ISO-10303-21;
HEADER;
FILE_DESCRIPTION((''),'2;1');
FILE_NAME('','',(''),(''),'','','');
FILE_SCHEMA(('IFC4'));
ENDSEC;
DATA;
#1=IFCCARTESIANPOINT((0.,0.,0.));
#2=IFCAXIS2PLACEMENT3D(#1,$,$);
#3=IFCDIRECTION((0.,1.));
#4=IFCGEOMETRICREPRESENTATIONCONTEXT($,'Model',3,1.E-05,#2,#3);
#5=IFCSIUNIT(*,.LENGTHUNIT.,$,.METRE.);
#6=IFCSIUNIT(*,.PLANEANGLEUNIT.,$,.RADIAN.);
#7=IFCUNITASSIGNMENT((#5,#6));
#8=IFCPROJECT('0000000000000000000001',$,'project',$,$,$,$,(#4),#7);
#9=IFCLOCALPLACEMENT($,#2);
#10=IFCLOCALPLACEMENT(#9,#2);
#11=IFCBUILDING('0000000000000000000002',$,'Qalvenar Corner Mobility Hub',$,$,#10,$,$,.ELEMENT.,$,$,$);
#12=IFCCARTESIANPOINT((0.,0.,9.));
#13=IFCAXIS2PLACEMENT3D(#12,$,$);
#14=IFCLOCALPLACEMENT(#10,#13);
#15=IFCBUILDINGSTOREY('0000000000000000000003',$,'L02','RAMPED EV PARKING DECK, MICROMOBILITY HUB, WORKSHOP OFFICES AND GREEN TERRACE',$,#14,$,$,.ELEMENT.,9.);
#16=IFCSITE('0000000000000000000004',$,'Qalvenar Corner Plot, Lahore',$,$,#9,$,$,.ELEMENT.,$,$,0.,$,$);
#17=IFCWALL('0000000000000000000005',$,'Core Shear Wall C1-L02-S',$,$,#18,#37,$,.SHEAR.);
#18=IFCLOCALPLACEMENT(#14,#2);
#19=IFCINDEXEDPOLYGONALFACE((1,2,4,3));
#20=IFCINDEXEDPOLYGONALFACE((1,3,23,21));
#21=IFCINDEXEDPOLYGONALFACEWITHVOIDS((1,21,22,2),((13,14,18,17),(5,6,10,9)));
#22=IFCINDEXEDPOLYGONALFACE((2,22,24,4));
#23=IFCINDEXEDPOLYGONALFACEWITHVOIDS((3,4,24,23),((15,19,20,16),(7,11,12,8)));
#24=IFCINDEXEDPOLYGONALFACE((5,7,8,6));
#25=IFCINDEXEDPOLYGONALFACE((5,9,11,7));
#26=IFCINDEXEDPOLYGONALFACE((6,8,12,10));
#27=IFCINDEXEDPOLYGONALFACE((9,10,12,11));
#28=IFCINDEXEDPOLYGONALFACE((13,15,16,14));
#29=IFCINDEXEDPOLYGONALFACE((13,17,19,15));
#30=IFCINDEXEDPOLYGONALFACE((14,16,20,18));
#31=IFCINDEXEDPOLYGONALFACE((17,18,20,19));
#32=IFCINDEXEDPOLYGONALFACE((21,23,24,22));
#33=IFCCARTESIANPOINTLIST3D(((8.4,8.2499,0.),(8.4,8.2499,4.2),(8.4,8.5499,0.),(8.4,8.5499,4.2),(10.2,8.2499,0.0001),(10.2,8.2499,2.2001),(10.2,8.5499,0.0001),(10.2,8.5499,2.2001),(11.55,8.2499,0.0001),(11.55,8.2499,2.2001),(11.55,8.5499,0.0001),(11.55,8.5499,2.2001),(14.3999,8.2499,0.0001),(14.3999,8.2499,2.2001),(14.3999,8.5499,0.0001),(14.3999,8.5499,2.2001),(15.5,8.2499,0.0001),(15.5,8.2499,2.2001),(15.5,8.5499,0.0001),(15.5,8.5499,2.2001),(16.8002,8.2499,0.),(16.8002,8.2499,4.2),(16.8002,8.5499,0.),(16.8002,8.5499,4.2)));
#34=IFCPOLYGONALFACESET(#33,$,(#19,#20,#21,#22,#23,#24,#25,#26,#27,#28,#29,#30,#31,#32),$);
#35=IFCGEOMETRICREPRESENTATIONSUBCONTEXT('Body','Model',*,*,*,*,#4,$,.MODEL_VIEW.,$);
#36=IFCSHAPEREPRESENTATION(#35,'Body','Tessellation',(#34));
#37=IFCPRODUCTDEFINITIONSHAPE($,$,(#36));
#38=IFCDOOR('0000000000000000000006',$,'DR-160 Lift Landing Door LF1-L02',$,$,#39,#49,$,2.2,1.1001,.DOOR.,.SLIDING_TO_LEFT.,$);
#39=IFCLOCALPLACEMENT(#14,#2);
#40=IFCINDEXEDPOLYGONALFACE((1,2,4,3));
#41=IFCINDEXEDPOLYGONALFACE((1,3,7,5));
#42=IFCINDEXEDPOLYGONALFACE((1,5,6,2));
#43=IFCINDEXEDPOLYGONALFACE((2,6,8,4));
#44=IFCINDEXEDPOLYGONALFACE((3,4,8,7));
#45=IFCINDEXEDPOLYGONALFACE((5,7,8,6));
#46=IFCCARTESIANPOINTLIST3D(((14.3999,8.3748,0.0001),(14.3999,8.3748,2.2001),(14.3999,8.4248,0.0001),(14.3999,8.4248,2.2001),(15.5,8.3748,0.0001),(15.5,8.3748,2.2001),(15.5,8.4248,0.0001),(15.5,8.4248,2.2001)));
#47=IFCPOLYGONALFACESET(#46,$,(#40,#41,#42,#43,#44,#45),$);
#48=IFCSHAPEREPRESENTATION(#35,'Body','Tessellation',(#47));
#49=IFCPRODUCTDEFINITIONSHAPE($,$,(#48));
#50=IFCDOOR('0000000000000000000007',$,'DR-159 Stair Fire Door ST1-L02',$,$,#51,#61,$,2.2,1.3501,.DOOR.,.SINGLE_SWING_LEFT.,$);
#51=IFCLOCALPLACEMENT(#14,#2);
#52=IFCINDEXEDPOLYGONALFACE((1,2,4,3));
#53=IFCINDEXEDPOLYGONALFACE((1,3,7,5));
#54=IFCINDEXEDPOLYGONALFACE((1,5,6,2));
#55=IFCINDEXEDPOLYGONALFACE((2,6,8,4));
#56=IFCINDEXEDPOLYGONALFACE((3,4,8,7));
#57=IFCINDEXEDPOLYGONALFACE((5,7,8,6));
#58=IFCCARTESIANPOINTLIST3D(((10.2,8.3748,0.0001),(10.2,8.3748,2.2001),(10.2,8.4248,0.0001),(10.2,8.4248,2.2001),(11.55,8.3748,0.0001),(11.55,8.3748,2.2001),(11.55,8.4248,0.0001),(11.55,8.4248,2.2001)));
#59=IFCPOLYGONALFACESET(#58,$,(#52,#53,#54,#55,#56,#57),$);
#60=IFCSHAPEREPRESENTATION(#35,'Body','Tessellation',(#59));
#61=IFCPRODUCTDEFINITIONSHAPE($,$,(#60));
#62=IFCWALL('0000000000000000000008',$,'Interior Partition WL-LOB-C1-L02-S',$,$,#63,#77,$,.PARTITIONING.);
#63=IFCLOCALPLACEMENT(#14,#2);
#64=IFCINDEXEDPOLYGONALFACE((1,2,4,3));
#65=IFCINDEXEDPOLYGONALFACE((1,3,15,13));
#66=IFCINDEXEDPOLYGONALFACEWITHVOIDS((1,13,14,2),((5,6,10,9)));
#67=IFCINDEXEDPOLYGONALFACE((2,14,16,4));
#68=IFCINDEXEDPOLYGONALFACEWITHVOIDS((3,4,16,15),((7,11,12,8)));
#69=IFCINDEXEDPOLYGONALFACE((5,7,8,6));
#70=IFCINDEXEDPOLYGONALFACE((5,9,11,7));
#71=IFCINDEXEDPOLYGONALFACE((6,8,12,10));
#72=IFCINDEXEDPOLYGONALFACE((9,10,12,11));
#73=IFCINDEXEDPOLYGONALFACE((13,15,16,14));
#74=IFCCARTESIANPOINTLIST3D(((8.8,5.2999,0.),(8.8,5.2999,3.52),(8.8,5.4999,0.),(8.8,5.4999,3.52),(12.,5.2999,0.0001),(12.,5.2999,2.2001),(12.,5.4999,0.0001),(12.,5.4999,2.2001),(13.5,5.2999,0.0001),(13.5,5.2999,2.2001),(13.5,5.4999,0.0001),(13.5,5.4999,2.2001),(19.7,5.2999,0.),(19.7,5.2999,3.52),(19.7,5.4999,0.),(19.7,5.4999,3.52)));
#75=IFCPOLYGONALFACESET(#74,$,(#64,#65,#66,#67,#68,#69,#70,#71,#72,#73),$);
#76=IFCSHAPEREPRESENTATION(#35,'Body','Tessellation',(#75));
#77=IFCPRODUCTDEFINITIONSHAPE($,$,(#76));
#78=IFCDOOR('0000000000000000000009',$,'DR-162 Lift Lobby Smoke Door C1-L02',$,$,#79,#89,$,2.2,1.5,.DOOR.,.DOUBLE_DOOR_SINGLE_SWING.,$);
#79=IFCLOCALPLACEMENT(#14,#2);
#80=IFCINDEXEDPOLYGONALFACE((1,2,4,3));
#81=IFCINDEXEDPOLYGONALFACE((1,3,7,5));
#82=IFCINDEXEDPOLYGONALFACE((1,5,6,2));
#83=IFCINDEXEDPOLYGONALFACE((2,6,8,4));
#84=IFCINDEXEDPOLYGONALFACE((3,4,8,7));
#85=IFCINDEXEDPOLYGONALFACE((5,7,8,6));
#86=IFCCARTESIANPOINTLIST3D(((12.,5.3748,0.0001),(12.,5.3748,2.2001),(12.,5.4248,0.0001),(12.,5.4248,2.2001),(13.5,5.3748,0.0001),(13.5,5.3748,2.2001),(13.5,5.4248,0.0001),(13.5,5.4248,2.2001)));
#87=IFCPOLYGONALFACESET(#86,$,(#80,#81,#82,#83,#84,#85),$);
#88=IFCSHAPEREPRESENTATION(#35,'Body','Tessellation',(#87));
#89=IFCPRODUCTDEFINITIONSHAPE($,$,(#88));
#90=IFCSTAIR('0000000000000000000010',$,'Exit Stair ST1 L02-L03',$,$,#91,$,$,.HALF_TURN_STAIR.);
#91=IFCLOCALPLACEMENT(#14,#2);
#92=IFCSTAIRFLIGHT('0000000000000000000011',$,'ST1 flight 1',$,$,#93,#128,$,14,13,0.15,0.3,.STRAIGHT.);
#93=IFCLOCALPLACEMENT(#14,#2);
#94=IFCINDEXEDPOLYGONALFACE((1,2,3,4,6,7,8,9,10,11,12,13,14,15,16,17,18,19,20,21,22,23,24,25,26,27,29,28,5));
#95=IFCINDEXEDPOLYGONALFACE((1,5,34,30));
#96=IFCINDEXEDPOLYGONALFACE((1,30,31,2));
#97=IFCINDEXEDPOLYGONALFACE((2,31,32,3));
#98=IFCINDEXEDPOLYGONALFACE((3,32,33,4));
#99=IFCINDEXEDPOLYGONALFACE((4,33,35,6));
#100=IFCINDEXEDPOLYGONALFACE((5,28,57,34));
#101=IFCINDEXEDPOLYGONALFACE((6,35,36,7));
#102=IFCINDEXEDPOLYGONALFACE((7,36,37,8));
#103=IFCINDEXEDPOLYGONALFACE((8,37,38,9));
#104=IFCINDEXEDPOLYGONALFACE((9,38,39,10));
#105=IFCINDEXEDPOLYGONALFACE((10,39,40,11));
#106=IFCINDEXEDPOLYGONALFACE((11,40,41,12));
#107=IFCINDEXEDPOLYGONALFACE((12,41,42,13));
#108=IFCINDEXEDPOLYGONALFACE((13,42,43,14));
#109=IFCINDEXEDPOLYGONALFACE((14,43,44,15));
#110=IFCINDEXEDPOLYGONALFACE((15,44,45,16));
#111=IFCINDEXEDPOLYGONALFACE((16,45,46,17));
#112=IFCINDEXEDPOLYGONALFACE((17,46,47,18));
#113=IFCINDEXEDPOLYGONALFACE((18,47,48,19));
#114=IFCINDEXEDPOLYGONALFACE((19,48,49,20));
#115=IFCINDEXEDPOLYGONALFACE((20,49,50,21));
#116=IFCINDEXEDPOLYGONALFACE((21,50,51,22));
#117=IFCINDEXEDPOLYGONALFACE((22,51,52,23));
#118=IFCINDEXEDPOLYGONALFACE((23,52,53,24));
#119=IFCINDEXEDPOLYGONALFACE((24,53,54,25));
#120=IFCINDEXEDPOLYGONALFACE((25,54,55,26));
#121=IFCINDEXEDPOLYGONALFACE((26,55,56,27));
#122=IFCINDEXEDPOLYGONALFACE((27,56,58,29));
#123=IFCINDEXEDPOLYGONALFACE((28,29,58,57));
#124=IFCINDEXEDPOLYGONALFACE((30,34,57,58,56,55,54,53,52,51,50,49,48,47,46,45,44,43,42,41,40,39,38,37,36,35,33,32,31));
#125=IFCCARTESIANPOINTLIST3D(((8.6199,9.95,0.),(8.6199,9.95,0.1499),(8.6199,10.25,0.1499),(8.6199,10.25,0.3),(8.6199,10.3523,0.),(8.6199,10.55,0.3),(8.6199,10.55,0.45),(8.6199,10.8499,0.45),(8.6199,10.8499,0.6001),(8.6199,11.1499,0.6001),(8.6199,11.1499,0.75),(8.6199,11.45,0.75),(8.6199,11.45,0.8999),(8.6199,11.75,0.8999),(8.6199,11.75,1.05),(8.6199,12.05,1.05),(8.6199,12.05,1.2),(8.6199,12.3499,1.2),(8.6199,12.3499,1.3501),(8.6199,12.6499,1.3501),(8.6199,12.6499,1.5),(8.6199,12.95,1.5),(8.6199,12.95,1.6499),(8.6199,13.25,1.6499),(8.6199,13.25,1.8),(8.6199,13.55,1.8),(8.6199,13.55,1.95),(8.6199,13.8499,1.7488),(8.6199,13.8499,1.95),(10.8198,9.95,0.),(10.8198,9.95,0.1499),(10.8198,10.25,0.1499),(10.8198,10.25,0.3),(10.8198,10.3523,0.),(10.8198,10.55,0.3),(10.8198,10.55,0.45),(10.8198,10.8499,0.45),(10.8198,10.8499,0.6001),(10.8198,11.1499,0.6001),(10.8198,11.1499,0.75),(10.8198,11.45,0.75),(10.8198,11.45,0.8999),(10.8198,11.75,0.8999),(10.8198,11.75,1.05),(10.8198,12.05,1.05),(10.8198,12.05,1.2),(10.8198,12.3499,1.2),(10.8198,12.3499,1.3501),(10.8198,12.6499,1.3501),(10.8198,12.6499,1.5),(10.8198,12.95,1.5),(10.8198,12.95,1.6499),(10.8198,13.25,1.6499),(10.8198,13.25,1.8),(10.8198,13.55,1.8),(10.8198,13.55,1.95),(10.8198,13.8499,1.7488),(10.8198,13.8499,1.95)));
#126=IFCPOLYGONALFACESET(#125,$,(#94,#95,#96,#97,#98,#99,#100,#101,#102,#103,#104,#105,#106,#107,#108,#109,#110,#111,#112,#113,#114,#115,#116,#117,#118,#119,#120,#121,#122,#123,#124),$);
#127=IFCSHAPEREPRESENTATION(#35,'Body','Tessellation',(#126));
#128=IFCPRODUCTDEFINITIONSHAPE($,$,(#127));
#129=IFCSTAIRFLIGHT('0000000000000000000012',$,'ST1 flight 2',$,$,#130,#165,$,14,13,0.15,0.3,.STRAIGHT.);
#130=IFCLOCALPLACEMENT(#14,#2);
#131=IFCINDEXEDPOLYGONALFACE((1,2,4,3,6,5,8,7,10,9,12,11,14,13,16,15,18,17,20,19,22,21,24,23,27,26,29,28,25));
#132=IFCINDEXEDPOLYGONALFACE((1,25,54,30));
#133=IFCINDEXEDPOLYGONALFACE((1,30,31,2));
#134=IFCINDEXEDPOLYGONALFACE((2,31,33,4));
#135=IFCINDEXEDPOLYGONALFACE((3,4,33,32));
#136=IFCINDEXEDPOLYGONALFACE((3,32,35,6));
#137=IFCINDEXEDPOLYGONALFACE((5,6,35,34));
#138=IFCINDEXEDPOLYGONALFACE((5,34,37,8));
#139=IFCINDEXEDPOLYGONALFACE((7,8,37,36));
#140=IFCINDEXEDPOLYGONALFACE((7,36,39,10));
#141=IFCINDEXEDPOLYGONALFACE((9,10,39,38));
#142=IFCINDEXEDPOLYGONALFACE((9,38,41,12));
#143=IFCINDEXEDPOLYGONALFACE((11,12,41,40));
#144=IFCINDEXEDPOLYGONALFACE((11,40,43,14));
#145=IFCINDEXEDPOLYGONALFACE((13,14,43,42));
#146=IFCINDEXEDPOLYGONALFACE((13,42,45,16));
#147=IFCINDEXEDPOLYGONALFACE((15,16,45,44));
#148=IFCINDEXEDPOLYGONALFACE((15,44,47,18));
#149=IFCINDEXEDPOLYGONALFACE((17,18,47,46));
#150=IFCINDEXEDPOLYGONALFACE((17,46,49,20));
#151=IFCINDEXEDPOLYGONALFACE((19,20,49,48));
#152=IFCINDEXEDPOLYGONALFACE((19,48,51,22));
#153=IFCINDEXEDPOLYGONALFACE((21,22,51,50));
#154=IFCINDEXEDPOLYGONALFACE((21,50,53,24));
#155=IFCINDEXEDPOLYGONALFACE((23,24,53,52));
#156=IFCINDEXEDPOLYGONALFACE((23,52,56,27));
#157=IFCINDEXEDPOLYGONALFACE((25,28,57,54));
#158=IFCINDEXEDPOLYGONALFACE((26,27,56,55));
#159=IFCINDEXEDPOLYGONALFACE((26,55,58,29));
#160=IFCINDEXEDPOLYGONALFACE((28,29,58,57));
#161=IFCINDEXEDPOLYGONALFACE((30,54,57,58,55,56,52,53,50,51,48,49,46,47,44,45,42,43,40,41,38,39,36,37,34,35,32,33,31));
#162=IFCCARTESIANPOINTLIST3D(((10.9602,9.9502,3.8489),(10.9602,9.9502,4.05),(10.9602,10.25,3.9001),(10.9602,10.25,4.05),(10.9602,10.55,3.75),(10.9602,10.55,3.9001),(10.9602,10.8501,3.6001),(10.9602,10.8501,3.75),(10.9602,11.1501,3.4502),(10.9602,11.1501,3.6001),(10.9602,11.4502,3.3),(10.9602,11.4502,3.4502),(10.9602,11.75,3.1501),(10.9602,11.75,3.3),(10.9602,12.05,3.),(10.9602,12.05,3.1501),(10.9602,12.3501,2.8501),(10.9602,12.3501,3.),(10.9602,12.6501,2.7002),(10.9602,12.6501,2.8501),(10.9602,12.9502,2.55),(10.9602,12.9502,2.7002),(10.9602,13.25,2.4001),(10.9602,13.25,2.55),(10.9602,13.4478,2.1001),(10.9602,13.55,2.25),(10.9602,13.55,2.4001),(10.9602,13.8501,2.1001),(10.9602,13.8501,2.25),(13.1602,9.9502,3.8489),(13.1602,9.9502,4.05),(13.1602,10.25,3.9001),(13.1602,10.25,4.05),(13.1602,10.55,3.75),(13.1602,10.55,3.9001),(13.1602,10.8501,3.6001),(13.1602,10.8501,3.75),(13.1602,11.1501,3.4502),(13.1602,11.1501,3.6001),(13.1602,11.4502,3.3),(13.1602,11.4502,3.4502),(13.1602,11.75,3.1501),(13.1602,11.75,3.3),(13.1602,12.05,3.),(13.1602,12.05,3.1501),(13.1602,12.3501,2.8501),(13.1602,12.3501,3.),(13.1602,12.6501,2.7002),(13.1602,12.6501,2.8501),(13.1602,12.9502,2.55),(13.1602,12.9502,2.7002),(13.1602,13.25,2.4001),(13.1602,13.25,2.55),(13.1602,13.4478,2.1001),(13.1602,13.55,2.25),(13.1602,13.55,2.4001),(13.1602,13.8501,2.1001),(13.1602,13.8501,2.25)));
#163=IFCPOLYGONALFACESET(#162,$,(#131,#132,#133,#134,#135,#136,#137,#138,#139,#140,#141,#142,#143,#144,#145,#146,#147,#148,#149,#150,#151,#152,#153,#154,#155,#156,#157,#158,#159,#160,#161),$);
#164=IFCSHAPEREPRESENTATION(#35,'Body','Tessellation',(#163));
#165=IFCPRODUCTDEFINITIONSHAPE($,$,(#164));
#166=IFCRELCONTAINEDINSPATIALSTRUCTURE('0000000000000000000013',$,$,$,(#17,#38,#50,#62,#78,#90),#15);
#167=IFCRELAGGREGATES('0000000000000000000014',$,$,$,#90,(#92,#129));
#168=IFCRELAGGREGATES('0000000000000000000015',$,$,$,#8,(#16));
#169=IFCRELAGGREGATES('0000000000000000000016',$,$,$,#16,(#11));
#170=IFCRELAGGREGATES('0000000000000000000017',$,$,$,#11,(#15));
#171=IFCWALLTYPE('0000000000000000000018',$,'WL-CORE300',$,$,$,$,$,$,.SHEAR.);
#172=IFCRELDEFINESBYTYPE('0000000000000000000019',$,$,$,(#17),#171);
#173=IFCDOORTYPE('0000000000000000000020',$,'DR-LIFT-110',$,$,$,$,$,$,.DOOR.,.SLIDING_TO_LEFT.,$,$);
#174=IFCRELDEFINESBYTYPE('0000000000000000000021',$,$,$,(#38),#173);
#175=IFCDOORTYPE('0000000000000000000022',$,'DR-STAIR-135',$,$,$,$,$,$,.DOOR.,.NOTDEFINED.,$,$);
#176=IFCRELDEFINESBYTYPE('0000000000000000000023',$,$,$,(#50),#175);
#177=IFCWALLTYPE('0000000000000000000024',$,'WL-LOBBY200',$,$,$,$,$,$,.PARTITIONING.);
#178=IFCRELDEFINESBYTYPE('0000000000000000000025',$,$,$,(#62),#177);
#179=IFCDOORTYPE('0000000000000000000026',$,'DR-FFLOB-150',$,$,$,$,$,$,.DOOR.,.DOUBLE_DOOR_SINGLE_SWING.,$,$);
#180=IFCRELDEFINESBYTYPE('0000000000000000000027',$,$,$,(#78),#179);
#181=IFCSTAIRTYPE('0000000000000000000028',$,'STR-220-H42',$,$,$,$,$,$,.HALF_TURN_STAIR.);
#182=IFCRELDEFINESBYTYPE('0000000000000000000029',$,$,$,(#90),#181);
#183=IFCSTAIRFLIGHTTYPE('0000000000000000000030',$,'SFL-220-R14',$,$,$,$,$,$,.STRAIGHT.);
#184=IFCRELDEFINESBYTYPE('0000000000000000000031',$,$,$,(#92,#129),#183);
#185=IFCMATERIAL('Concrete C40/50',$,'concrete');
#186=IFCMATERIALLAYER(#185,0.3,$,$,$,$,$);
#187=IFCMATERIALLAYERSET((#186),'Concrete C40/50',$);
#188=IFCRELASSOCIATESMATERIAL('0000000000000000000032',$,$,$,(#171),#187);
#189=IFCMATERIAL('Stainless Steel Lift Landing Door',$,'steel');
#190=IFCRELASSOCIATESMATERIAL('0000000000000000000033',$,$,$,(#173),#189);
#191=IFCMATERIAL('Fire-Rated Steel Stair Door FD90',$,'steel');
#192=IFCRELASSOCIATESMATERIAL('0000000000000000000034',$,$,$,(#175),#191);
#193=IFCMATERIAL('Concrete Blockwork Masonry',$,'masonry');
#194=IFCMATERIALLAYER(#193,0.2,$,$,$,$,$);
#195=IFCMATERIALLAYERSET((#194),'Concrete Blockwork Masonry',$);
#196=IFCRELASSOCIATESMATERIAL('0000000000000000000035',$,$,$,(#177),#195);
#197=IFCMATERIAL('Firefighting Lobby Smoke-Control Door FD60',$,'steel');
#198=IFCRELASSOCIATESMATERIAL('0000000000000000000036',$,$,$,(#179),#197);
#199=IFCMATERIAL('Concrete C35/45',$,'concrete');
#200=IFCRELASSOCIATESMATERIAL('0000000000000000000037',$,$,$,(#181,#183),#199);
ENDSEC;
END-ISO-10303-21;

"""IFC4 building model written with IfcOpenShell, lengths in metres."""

from ifc_helpers import new_model, si_unit, direction, frame, frame_2d, origin, place, context, subcontext, project, spatial, polyline, rectangle, outline, extrude, material, layer, layer_set, type_object, element, fill, aggregate, save


model = new_model("IFC4")

# Units and contexts
model_context = context("Model", 3, precision=1e-05, world=origin(), true_north=direction((0.0, 1.0)))
body_context = subcontext(model_context, "Body", "Model", "MODEL_VIEW")
ifc_project = project(units=[si_unit("LENGTHUNIT", "METRE"), si_unit("PLANEANGLEUNIT", "RADIAN")], contexts=[model_context])

# Site, building, storey
site_placement = place(None, origin())
site = spatial("IfcSite", under=ifc_project, at=site_placement, Name="Qalvenar Corner Plot, Lahore", CompositionType="ELEMENT", RefElevation=0.0)
building_placement = place(site_placement, origin())
building = spatial("IfcBuilding", under=site, at=building_placement, Name="Qalvenar Corner Mobility Hub", CompositionType="ELEMENT")
storey_placement = place(building_placement, frame((0.0, 0.0, 9.0)))
storey = spatial("IfcBuildingStorey", under=building, at=storey_placement, Name="L02", Description="RAMPED EV PARKING DECK, MICROMOBILITY HUB, WORKSHOP OFFICES AND GREEN TERRACE", CompositionType="ELEMENT", Elevation=9.0)

# Shared definitions
ifc_material_1 = material(Name="Concrete C40/50", Category="concrete")

# Wall, openings, doors
ifc_layer_1 = layer(ifc_material_1, 0.3)
ifc_layer_set_1 = layer_set([ifc_layer_1], Name="Concrete C40/50")
wall_type_1 = type_object("IfcWallType", Name="WL-CORE300", PredefinedType="SHEAR", material=ifc_layer_set_1)
wall_1_placement = place(storey_placement, frame((8.3999, 8.3999, 0.0), z_axis=(0.0, 0.0, 1.0), x_axis=(1.0, 0.0, 0.0)))
wall_1 = element("IfcWall", 1, at=wall_1_placement, inside=storey, type_object=wall_type_1, Name="Core Shear Wall C1-L02-S", PredefinedType="SHEAR", context=body_context, shape_type="SweptSolid", body=[
    extrude(rectangle(XDim=8.4001, YDim=0.3, at=frame_2d((4.2002, 0.0))), origin(), (0.0, 0.0, 1.0), 4.2),
])
opening_1_placement = place(wall_1_placement, frame((1.8, 0.0, 0.0)))
opening_1 = element("IfcOpeningElement", 2, at=opening_1_placement, cuts=wall_1, PredefinedType="OPENING", context=body_context, shape_type="SweptSolid", body=[
    extrude(rectangle(XDim=1.3501, YDim=2.2, at=frame_2d((0.675, 1.1001))), frame((0.0, 0.1602, 0.0), z_axis=(0.0, -1.0, 0.0), x_axis=(1.0, 0.0, 0.0)), (0.0, 0.0, 1.0), 0.3201),
])
opening_2_placement = place(wall_1_placement, frame((6.0, 0.0, 0.0)))
opening_2 = element("IfcOpeningElement", 3, at=opening_2_placement, cuts=wall_1, PredefinedType="OPENING", context=body_context, shape_type="SweptSolid", body=[
    extrude(rectangle(XDim=1.1001, YDim=2.2, at=frame_2d((0.55, 1.1001))), frame((0.0, 0.1602, 0.0), z_axis=(0.0, -1.0, 0.0), x_axis=(1.0, 0.0, 0.0)), (0.0, 0.0, 1.0), 0.3201),
])
ifc_material_2 = material(Name="Stainless Steel Lift Landing Door", Category="steel")
door_type_1 = type_object("IfcDoorType", Name="DR-LIFT-110", OperationType="SLIDING_TO_LEFT", PredefinedType="DOOR", material=ifc_material_2)
door_1_placement = place(opening_2_placement, origin())
door_1 = element("IfcDoor", 4, at=door_1_placement, inside=storey, type_object=door_type_1, Name="DR-160 Lift Landing Door LF1-L02", OperationType="SLIDING_TO_LEFT", OverallHeight=2.2, OverallWidth=1.1001, PredefinedType="DOOR", context=body_context, shape_type="SweptSolid", body=[
    extrude(rectangle(XDim=1.1001, YDim=2.2, at=frame_2d((0.55, 1.1001))), frame((0.0, 0.0249, 0.0), z_axis=(0.0, -1.0, 0.0), x_axis=(1.0, 0.0, 0.0)), (0.0, 0.0, 1.0), 0.05),
])
fill(opening_2, door_1)
ifc_material_3 = material(Name="Fire-Rated Steel Stair Door FD90", Category="steel")
door_type_2 = type_object("IfcDoorType", Name="DR-STAIR-135", OperationType="NOTDEFINED", PredefinedType="DOOR", material=ifc_material_3)
door_2_placement = place(opening_1_placement, origin())
door_2 = element("IfcDoor", 5, at=door_2_placement, inside=storey, type_object=door_type_2, Name="DR-159 Stair Fire Door ST1-L02", OperationType="SINGLE_SWING_LEFT", OverallHeight=2.2, OverallWidth=1.3501, PredefinedType="DOOR", context=body_context, shape_type="SweptSolid", body=[
    extrude(rectangle(XDim=1.3501, YDim=2.2, at=frame_2d((0.675, 1.1001))), frame((0.0, 0.0249, 0.0), z_axis=(0.0, -1.0, 0.0), x_axis=(1.0, 0.0, 0.0)), (0.0, 0.0, 1.0), 0.05),
])
fill(opening_1, door_2)

# Wall, opening, door
ifc_material_4 = material(Name="Concrete Blockwork Masonry", Category="masonry")
ifc_layer_2 = layer(ifc_material_4, 0.2)
ifc_layer_set_2 = layer_set([ifc_layer_2], Name="Concrete Blockwork Masonry")
wall_type_2 = type_object("IfcWallType", Name="WL-LOBBY200", PredefinedType="PARTITIONING", material=ifc_layer_set_2)
wall_2_placement = place(storey_placement, frame((8.8, 5.3999, 0.0), z_axis=(0.0, 0.0, 1.0), x_axis=(1.0, 0.0, 0.0)))
wall_2 = element("IfcWall", 6, at=wall_2_placement, inside=storey, type_object=wall_type_2, Name="Interior Partition WL-LOB-C1-L02-S", PredefinedType="PARTITIONING", context=body_context, shape_type="SweptSolid", body=[
    extrude(rectangle(XDim=10.8999, YDim=0.2, at=frame_2d((5.45, 0.0))), origin(), (0.0, 0.0, 1.0), 3.52),
])
opening_3_placement = place(wall_2_placement, frame((3.2, 0.0, 0.0)))
opening_3 = element("IfcOpeningElement", 7, at=opening_3_placement, cuts=wall_2, PredefinedType="OPENING", context=body_context, shape_type="SweptSolid", body=[
    extrude(rectangle(XDim=1.5, YDim=2.2, at=frame_2d((0.75, 1.1001))), frame((0.0, 0.1099, 0.0), z_axis=(0.0, -1.0, 0.0), x_axis=(1.0, 0.0, 0.0)), (0.0, 0.0, 1.0), 0.22),
])
ifc_material_5 = material(Name="Firefighting Lobby Smoke-Control Door FD60", Category="steel")
door_type_3 = type_object("IfcDoorType", Name="DR-FFLOB-150", OperationType="DOUBLE_DOOR_SINGLE_SWING", PredefinedType="DOOR", material=ifc_material_5)
door_3_placement = place(opening_3_placement, origin())
door_3 = element("IfcDoor", 8, at=door_3_placement, inside=storey, type_object=door_type_3, Name="DR-162 Lift Lobby Smoke Door C1-L02", OperationType="DOUBLE_DOOR_SINGLE_SWING", OverallHeight=2.2, OverallWidth=1.5, PredefinedType="DOOR", context=body_context, shape_type="SweptSolid", body=[
    extrude(rectangle(XDim=1.5, YDim=2.2, at=frame_2d((0.75, 1.1001))), frame((0.0, 0.0249, 0.0), z_axis=(0.0, -1.0, 0.0), x_axis=(1.0, 0.0, 0.0)), (0.0, 0.0, 1.0), 0.05),
])
fill(opening_3, door_3)

# Stair, stair flights
ifc_material_6 = material(Name="Concrete C35/45", Category="concrete")
stair_type = type_object("IfcStairType", Name="STR-220-H42", PredefinedType="HALF_TURN_STAIR", material=ifc_material_6)
stair_placement = place(storey_placement, origin())
stair = element("IfcStair", 9, at=stair_placement, inside=storey, type_object=stair_type, Name="Exit Stair ST1 L02-L03", PredefinedType="HALF_TURN_STAIR")
stair_flight_type = type_object("IfcStairFlightType", Name="SFL-220-R14", PredefinedType="STRAIGHT", material=ifc_material_6)
stair_flight_1_placement = place(storey_placement, frame((9.72, 9.95, 0.0), z_axis=(0.0, 0.0, 1.0), x_axis=(0.0, 1.0, 0.0)))
stair_flight_1 = element("IfcStairFlight", 10, at=stair_flight_1_placement, type_object=stair_flight_type, Name="ST1 flight 1", NumberOfRisers=14, NumberOfTreads=13, PredefinedType="STRAIGHT", RiserHeight=0.15, TreadLength=0.3, context=body_context, shape_type="SweptSolid", body=[
    extrude(outline(polyline([(0.0, 0.0), (0.0, 0.1499), (0.3, 0.1499), (0.3, 0.3), (0.6001, 0.3), (0.6001, 0.45), (0.8999, 0.45), (0.8999, 0.6001), (1.2, 0.6001), (1.2, 0.75), (1.5, 0.75), (1.5, 0.8999), (1.8, 0.8999), (1.8, 1.05), (2.1001, 1.05), (2.1001, 1.2), (2.3999, 1.2), (2.3999, 1.3501), (2.7, 1.3501), (2.7, 1.5), (3.0, 1.5), (3.0, 1.6499), (3.3, 1.6499), (3.3, 1.8), (3.6001, 1.8), (3.6001, 1.95), (3.8999, 1.95), (3.8999, 2.1001), (3.8999, 1.7488), (0.4023, 0.0), (0.0, 0.0)])), frame((0.0, 1.1001, 0.0), z_axis=(0.0, -1.0, 0.0), x_axis=(1.0, 0.0, 0.0)), (0.0, 0.0, 1.0), 2.2),
])
stair_flight_2_placement = place(storey_placement, frame((12.0601, 13.8501, 2.1001), z_axis=(0.0, 0.0, 1.0), x_axis=(0.0, -1.0, 0.0)))
stair_flight_2 = element("IfcStairFlight", 11, at=stair_flight_2_placement, type_object=stair_flight_type, Name="ST1 flight 2", NumberOfRisers=14, NumberOfTreads=13, PredefinedType="STRAIGHT", RiserHeight=0.15, TreadLength=0.3, context=body_context, shape_type="SweptSolid", body=[
    extrude(outline(polyline([(0.0, 0.0), (0.0, 0.1499), (0.3, 0.1499), (0.3, 0.3), (0.6001, 0.3), (0.6001, 0.45), (0.8999, 0.45), (0.8999, 0.6001), (1.2, 0.6001), (1.2, 0.75), (1.5, 0.75), (1.5, 0.8999), (1.8, 0.8999), (1.8, 1.05), (2.1001, 1.05), (2.1001, 1.2), (2.3999, 1.2), (2.3999, 1.3501), (2.7, 1.3501), (2.7, 1.5), (3.0, 1.5), (3.0, 1.6499), (3.3, 1.6499), (3.3, 1.8), (3.6001, 1.8), (3.6001, 1.95), (3.8999, 1.95), (3.8999, 2.1001), (3.8999, 1.7488), (0.4023, 0.0), (0.0, 0.0)])), frame((0.0, 1.1001, 0.0), z_axis=(0.0, -1.0, 0.0), x_axis=(1.0, 0.0, 0.0)), (0.0, 0.0, 1.0), 2.2),
])
aggregate(stair, [stair_flight_1, stair_flight_2])

save(model, "model.ifc")
